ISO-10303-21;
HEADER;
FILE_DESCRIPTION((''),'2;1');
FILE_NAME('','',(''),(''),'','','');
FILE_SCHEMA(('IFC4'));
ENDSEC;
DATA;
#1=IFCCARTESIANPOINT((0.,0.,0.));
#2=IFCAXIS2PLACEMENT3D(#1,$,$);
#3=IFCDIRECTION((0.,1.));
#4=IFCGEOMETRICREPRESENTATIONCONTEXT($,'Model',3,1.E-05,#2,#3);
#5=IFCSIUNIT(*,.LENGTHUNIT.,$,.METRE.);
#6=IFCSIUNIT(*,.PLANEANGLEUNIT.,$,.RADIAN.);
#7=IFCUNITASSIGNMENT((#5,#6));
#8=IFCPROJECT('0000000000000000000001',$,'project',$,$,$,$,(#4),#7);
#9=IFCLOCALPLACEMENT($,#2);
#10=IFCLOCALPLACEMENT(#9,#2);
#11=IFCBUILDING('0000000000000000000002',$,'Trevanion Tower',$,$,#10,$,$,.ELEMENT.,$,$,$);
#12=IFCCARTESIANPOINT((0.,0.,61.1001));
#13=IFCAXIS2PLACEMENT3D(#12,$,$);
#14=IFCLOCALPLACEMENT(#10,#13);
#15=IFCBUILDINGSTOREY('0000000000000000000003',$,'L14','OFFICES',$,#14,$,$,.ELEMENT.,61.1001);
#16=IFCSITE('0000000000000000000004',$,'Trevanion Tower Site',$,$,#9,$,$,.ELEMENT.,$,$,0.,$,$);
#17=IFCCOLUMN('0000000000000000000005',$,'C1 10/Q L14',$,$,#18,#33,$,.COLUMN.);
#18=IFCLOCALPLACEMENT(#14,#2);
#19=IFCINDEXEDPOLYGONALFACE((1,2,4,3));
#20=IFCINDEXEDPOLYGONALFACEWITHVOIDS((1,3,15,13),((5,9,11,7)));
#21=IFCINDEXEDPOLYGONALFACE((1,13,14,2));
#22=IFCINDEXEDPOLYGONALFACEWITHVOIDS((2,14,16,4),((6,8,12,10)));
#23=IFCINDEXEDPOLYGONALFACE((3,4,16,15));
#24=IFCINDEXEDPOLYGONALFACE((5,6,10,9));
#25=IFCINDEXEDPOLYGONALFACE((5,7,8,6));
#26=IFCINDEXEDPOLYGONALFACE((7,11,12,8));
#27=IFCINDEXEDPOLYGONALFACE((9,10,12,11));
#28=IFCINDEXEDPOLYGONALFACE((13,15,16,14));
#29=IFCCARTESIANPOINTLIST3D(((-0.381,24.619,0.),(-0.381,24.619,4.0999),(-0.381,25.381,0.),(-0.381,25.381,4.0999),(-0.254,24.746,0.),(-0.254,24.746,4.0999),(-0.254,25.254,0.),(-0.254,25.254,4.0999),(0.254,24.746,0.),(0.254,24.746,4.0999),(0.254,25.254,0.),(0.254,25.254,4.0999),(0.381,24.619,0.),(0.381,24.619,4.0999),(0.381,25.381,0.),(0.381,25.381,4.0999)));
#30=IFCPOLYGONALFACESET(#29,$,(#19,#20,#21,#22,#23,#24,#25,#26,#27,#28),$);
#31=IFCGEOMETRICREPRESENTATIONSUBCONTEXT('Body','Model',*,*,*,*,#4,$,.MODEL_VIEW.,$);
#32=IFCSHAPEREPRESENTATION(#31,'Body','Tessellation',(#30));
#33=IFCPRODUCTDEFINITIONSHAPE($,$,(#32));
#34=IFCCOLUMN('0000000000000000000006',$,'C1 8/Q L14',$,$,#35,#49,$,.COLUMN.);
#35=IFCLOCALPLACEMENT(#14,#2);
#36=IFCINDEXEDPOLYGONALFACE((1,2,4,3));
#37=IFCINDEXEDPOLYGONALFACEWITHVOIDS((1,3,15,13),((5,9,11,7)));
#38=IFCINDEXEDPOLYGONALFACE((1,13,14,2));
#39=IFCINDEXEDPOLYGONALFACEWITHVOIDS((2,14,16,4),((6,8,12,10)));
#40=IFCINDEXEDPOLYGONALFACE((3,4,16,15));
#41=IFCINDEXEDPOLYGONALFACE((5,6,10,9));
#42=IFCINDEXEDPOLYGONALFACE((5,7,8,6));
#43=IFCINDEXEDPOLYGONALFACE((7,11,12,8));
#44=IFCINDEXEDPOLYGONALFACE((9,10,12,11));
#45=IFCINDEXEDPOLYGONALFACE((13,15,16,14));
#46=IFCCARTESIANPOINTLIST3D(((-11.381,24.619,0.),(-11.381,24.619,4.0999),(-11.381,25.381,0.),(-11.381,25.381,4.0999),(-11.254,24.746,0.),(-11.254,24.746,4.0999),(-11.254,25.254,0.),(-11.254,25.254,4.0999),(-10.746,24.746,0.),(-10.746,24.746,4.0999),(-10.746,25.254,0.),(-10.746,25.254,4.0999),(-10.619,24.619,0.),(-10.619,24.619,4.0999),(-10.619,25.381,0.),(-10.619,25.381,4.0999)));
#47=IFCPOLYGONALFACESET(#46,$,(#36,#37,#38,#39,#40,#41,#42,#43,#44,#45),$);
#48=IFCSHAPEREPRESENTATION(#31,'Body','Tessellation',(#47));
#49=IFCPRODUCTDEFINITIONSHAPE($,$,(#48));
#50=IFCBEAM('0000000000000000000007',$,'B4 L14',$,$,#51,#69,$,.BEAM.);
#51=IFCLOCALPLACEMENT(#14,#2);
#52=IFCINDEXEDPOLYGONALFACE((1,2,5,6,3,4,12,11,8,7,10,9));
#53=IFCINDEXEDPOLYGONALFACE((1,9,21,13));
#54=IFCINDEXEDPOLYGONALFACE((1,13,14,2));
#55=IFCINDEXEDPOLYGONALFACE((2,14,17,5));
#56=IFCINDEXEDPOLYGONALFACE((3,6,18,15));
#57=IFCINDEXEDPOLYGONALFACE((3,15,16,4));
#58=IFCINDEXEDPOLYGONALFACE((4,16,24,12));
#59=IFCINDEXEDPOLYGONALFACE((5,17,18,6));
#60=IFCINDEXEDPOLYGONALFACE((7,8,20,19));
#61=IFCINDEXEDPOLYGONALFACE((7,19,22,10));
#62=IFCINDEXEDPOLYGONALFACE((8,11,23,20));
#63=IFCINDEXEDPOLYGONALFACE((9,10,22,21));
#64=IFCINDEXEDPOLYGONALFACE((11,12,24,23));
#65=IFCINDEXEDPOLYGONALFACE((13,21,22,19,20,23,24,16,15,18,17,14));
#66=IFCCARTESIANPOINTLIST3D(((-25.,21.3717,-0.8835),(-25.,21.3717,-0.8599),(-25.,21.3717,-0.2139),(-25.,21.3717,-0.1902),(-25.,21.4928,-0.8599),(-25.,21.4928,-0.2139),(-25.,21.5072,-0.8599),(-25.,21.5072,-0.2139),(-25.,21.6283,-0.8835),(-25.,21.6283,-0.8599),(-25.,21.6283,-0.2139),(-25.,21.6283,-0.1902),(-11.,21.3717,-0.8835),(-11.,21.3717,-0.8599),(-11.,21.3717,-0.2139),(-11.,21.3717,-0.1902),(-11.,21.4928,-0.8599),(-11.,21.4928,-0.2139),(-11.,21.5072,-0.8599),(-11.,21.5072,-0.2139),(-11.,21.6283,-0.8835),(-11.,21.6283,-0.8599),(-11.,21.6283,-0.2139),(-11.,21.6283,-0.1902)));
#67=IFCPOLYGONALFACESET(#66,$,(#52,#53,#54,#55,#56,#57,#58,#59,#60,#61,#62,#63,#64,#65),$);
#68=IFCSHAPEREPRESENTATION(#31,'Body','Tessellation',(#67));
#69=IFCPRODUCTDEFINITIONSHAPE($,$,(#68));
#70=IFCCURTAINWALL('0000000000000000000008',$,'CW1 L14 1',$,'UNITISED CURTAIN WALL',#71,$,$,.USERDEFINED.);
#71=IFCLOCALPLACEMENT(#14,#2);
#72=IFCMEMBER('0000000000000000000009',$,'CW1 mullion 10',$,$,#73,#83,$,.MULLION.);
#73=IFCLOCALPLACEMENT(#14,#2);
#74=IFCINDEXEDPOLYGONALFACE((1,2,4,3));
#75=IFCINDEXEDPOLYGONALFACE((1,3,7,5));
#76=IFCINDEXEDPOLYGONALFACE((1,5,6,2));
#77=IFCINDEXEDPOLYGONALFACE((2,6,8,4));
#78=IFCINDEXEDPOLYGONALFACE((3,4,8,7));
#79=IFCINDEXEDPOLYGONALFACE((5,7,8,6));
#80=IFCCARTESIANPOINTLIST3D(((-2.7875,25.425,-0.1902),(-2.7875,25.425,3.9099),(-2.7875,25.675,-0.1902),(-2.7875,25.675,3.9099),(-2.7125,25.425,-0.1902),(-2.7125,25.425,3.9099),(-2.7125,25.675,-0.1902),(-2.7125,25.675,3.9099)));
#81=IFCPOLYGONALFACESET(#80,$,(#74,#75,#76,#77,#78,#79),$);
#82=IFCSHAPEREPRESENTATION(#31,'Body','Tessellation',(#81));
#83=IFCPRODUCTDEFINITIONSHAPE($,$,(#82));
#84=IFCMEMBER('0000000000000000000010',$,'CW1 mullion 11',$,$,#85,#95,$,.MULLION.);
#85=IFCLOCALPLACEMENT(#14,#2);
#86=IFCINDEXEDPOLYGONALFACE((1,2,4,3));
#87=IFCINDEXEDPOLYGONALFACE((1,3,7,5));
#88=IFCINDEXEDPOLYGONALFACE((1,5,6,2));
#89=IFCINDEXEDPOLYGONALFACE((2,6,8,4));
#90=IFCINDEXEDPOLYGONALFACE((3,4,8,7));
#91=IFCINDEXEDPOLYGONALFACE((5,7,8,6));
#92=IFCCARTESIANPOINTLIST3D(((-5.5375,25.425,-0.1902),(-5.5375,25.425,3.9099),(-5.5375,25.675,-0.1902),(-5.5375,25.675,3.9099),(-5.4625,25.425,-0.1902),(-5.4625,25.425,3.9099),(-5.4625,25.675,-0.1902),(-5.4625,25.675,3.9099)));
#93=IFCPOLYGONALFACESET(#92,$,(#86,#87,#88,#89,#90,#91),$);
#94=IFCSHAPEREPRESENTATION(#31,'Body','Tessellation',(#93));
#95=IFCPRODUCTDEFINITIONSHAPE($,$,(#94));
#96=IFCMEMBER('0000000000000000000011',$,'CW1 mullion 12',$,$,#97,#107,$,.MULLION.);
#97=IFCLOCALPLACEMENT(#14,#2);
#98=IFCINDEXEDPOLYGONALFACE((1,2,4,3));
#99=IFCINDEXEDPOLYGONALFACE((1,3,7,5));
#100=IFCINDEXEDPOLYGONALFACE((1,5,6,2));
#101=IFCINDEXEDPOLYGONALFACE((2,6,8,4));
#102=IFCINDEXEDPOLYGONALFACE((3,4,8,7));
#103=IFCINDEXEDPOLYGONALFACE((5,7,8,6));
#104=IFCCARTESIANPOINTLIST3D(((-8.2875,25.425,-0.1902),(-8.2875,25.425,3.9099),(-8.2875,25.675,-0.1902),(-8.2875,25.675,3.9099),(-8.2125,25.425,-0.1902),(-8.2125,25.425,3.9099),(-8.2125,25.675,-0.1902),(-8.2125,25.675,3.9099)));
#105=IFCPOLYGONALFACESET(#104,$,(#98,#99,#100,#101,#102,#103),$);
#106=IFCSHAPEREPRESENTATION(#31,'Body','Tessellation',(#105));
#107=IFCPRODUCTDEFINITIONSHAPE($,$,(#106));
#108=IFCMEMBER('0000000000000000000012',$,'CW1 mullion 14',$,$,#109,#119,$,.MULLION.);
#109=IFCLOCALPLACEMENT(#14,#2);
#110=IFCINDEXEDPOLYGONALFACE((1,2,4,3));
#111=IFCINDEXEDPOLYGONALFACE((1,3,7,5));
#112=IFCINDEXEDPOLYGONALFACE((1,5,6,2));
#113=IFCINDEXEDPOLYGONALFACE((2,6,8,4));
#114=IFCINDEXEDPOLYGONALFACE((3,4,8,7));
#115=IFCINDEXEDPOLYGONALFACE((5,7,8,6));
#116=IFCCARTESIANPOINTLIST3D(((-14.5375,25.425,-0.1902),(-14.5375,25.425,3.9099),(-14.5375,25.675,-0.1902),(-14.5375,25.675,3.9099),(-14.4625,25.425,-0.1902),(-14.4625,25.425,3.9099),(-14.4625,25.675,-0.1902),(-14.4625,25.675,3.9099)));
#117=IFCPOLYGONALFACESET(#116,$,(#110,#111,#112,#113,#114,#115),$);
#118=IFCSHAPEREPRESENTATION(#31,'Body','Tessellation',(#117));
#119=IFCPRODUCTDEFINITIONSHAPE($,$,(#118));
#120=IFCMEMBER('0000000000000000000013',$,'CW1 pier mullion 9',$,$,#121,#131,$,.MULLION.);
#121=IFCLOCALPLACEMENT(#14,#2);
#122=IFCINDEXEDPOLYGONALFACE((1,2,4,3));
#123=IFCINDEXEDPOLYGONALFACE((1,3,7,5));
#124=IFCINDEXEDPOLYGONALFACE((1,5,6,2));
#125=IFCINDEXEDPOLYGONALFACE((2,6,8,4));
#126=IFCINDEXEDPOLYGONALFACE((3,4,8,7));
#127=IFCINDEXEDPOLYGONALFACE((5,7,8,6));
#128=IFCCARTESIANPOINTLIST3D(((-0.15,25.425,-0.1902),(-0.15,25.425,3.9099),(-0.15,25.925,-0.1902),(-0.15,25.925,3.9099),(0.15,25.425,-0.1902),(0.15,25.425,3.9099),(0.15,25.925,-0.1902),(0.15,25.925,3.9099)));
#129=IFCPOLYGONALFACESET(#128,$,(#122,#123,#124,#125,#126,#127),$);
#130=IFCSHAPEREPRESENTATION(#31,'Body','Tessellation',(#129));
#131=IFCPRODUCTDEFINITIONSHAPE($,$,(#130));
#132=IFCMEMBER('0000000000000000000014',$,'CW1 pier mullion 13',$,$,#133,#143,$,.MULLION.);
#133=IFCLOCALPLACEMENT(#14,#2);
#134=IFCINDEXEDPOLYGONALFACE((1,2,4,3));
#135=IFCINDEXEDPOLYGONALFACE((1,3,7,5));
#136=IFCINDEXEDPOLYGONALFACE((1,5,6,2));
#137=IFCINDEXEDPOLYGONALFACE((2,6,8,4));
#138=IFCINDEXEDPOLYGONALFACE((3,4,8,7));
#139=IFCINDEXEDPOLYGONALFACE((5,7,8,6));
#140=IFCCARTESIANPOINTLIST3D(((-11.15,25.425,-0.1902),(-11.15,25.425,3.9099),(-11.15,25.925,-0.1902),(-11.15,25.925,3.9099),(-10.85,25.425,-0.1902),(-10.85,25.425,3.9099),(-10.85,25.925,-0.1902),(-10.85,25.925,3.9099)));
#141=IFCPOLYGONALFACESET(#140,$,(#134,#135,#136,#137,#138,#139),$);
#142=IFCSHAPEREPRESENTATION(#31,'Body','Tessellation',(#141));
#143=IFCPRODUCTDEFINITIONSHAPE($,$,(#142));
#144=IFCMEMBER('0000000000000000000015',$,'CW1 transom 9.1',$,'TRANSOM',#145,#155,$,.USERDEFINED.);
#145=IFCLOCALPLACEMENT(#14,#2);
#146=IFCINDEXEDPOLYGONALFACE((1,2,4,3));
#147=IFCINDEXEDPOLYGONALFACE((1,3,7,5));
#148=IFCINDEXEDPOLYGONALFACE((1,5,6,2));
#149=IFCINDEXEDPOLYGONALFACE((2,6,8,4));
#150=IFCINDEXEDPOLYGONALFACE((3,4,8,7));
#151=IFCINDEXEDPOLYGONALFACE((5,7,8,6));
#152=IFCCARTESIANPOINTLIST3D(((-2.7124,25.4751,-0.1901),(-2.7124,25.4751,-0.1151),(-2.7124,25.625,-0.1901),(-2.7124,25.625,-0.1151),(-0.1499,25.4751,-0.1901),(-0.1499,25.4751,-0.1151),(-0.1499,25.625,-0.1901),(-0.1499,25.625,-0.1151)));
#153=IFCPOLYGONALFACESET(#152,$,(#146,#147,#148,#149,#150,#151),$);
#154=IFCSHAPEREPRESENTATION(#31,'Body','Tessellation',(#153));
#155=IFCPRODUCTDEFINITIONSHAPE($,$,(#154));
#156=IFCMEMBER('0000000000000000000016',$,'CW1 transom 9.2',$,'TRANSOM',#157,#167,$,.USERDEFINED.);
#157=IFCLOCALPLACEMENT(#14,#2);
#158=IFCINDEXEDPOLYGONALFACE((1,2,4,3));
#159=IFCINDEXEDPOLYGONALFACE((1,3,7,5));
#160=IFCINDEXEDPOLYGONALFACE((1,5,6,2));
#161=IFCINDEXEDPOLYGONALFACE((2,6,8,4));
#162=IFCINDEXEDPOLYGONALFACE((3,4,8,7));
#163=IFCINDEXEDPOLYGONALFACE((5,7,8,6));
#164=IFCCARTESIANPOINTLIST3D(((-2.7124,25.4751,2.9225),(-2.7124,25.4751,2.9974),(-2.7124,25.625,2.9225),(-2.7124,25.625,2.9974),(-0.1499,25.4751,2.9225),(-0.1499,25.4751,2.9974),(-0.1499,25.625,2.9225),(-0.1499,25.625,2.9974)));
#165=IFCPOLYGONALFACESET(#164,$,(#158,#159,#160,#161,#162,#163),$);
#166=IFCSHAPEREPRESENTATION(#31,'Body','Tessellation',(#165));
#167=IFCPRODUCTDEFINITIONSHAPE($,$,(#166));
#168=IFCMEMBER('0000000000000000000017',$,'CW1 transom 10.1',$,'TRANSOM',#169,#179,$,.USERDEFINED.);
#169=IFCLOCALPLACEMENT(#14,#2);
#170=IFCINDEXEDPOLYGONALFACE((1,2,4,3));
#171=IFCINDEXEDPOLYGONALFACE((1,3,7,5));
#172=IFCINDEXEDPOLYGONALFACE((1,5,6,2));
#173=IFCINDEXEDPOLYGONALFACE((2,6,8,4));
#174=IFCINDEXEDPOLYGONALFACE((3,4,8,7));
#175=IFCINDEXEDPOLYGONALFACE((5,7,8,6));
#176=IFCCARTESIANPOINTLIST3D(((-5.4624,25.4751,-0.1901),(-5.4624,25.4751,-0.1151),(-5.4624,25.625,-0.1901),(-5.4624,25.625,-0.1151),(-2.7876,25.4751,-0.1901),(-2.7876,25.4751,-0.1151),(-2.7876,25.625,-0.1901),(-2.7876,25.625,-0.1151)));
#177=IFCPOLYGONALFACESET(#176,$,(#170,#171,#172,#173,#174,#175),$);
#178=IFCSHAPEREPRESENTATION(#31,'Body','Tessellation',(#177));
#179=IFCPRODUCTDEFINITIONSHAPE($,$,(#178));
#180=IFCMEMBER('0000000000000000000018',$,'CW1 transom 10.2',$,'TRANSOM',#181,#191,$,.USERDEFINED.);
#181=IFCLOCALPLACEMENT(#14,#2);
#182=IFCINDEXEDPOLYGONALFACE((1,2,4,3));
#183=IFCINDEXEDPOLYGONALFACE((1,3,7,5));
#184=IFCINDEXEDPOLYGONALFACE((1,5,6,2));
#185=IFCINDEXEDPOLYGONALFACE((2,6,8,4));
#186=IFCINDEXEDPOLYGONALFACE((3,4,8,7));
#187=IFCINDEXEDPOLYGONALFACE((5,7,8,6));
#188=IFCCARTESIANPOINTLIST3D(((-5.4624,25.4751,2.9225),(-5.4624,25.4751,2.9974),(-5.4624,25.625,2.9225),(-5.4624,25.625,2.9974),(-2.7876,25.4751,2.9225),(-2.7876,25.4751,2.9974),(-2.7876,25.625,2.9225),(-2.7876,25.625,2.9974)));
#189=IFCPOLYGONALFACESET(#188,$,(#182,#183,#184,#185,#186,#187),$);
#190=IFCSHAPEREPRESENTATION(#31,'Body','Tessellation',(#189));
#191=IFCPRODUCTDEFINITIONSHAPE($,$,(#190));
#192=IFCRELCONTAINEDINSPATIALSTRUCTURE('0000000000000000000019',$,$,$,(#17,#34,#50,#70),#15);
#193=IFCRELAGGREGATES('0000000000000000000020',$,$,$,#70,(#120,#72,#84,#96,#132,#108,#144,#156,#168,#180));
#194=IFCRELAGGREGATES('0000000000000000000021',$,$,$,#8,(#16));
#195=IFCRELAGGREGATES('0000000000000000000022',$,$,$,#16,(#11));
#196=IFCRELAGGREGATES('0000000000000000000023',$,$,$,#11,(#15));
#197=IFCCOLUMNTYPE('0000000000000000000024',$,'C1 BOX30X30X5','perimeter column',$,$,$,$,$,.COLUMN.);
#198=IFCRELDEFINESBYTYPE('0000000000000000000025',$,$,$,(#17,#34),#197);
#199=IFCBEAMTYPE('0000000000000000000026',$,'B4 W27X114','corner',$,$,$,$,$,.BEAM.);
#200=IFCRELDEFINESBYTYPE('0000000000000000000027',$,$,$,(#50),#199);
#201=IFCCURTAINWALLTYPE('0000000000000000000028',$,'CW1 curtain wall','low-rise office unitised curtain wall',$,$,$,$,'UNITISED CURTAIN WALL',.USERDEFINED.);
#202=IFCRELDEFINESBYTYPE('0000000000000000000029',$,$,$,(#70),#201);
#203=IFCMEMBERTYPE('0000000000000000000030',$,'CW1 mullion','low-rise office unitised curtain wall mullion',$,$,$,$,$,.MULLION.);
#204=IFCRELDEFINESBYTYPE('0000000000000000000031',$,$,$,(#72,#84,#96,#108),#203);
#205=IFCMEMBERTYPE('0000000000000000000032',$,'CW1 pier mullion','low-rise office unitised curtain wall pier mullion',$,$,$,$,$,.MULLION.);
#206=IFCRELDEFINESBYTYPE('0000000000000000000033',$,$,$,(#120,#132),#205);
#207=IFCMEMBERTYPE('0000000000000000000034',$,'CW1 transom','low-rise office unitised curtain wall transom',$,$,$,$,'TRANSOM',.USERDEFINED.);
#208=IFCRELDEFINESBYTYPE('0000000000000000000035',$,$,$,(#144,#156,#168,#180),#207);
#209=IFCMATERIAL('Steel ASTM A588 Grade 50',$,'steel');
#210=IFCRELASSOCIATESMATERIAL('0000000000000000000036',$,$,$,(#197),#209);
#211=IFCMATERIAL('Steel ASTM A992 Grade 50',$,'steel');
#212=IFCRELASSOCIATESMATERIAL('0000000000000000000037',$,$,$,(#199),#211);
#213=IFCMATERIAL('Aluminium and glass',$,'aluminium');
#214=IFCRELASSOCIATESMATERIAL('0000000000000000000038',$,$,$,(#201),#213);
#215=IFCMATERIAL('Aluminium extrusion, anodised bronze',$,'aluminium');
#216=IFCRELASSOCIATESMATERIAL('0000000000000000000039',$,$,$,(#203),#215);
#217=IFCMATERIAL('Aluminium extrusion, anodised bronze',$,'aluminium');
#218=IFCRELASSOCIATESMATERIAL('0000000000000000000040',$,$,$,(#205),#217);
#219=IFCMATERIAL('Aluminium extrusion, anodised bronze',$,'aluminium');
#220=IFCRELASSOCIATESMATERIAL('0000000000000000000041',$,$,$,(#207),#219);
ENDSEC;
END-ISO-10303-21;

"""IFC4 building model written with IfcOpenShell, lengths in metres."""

from ifc_helpers import new_model, si_unit, direction, frame, origin, origin_2d, place, context, subcontext, project, spatial, rectangle, hollow_rectangle, i_section, extrude, material, material_profile, profile_set, type_object, element, aggregate, save


model = new_model("IFC4")

# Units and contexts
model_context = context("Model", 3, precision=1e-05, world=origin(), true_north=direction((0.0, 1.0)))
body_context = subcontext(model_context, "Body", "Model", "MODEL_VIEW")
ifc_project = project(units=[si_unit("LENGTHUNIT", "METRE"), si_unit("PLANEANGLEUNIT", "RADIAN")], contexts=[model_context])

# Site, building, storey
site_placement = place(None, origin())
site = spatial("IfcSite", under=ifc_project, at=site_placement, Name="Trevanion Tower Site", CompositionType="ELEMENT", RefElevation=0.0)
building_placement = place(site_placement, origin())
building = spatial("IfcBuilding", under=site, at=building_placement, Name="Trevanion Tower", CompositionType="ELEMENT")
storey_placement = place(building_placement, frame((0.0, 0.0, 61.1001)))
storey = spatial("IfcBuildingStorey", under=building, at=storey_placement, Name="L14", Description="OFFICES", CompositionType="ELEMENT", Elevation=61.1001)

# Columns
ifc_material_1 = material(Name="Steel ASTM A588 Grade 50", Category="steel")
ifc_material_profile_1 = material_profile(ifc_material_1, hollow_rectangle(XDim=0.762, YDim=0.762, WallThickness=0.127, at=origin_2d()), Name="BOX30X30X5")
ifc_profile_set_1 = profile_set([ifc_material_profile_1], Name="Steel ASTM A588 Grade 50")
column_type = type_object("IfcColumnType", Name="C1 BOX30X30X5", Description="perimeter column", PredefinedType="COLUMN", material=ifc_profile_set_1)
for number, where, z_axis, x_axis, name in (
    (1, (0.0, 25.0, 0.0), (0.0, 0.0, 1.0), (1.0, 0.0, 0.0), "C1 10/Q L14"),
    (2, (-11.0, 25.0, 0.0), (0.0, 0.0, 1.0), (1.0, 0.0, 0.0), "C1 8/Q L14"),
):
    element("IfcColumn", number, at=place(storey_placement, frame(where, z_axis=z_axis, x_axis=x_axis)), inside=storey, type_object=column_type, Name=name, PredefinedType="COLUMN", context=body_context, shape_type="SweptSolid", body=[
        extrude(hollow_rectangle(XDim=0.762, YDim=0.762, WallThickness=0.127, at=origin_2d()), origin(), (0.0, 0.0, 1.0), 4.0999),
    ])

# Beam
ifc_material_2 = material(Name="Steel ASTM A992 Grade 50", Category="steel")
ifc_material_profile_2 = material_profile(ifc_material_2, i_section(OverallWidth=0.2566, OverallDepth=0.6934, WebThickness=0.0144, FlangeThickness=0.0237, at=origin_2d()), Name="W27X114")
ifc_profile_set_2 = profile_set([ifc_material_profile_2], Name="Steel ASTM A992 Grade 50")
beam_type_1 = type_object("IfcBeamType", Name="B4 W27X114", Description="corner", PredefinedType="BEAM", material=ifc_profile_set_2)
beam_1_placement = place(storey_placement, frame((-11.0, 21.5, -0.5369), z_axis=(-1.0, 0.0, 0.0), x_axis=(0.0, -1.0, 0.0)))
element("IfcBeam", 3, at=beam_1_placement, inside=storey, type_object=beam_type_1, Name="B4 L14", PredefinedType="BEAM", context=body_context, shape_type="SweptSolid", body=[
    extrude(i_section(OverallWidth=0.2566, OverallDepth=0.6934, WebThickness=0.0144, FlangeThickness=0.0237, at=origin_2d()), origin(), (0.0, 0.0, 1.0), 14.0),
])

# Curtain wall, members
ifc_material_3 = material(Name="Aluminium and glass", Category="aluminium")
curtain_wall_type = type_object("IfcCurtainWallType", Name="CW1 curtain wall", Description="low-rise office unitised curtain wall", ElementType="UNITISED CURTAIN WALL", PredefinedType="USERDEFINED", material=ifc_material_3)
curtain_wall_placement = place(storey_placement, origin())
curtain_wall = element("IfcCurtainWall", 4, at=curtain_wall_placement, inside=storey, type_object=curtain_wall_type, Name="CW1 L14 1", ObjectType="UNITISED CURTAIN WALL", PredefinedType="USERDEFINED")
ifc_material_4 = material(Name="Aluminium extrusion, anodised bronze", Category="aluminium")
ifc_material_profile_3 = material_profile(ifc_material_4, rectangle(XDim=0.075, YDim=0.25, at=origin_2d()), Name="CW1 mullion")
ifc_profile_set_3 = profile_set([ifc_material_profile_3], Name="Aluminium extrusion, anodised bronze")
member_type_1 = type_object("IfcMemberType", Name="CW1 mullion", Description="low-rise office unitised curtain wall mullion", PredefinedType="MULLION", material=ifc_profile_set_3)
member_1_placement = place(storey_placement, frame((-2.75, 25.55, -0.1902), z_axis=(0.0, 0.0, 1.0), x_axis=(-1.0, 0.0, 0.0)))
member_1 = element("IfcMember", 5, at=member_1_placement, type_object=member_type_1, Name="CW1 mullion 10", PredefinedType="MULLION", context=body_context, shape_type="SweptSolid", body=[
    extrude(rectangle(XDim=0.075, YDim=0.25, at=origin_2d()), origin(), (0.0, 0.0, 1.0), 4.1001),
])
member_2_placement = place(storey_placement, frame((-5.5, 25.55, -0.1902), z_axis=(0.0, 0.0, 1.0), x_axis=(-1.0, 0.0, 0.0)))
member_2 = element("IfcMember", 6, at=member_2_placement, type_object=member_type_1, Name="CW1 mullion 11", PredefinedType="MULLION", context=body_context, shape_type="SweptSolid", body=[
    extrude(rectangle(XDim=0.075, YDim=0.25, at=origin_2d()), origin(), (0.0, 0.0, 1.0), 4.1001),
])
member_3_placement = place(storey_placement, frame((-8.25, 25.55, -0.1902), z_axis=(0.0, 0.0, 1.0), x_axis=(-1.0, 0.0, 0.0)))
member_3 = element("IfcMember", 7, at=member_3_placement, type_object=member_type_1, Name="CW1 mullion 12", PredefinedType="MULLION", context=body_context, shape_type="SweptSolid", body=[
    extrude(rectangle(XDim=0.075, YDim=0.25, at=origin_2d()), origin(), (0.0, 0.0, 1.0), 4.1001),
])
member_4_placement = place(storey_placement, frame((-14.5, 25.55, -0.1902), z_axis=(0.0, 0.0, 1.0), x_axis=(-1.0, 0.0, 0.0)))
member_4 = element("IfcMember", 8, at=member_4_placement, type_object=member_type_1, Name="CW1 mullion 14", PredefinedType="MULLION", context=body_context, shape_type="SweptSolid", body=[
    extrude(rectangle(XDim=0.075, YDim=0.25, at=origin_2d()), origin(), (0.0, 0.0, 1.0), 4.1001),
])
ifc_material_5 = material(Name="Aluminium extrusion, anodised bronze", Category="aluminium")
ifc_material_profile_4 = material_profile(ifc_material_5, rectangle(XDim=0.3, YDim=0.5, at=origin_2d()), Name="CW1 pier mullion")
ifc_profile_set_4 = profile_set([ifc_material_profile_4], Name="Aluminium extrusion, anodised bronze")
member_type_2 = type_object("IfcMemberType", Name="CW1 pier mullion", Description="low-rise office unitised curtain wall pier mullion", PredefinedType="MULLION", material=ifc_profile_set_4)
member_5_placement = place(storey_placement, frame((0.0, 25.675, -0.1902), z_axis=(0.0, 0.0, 1.0), x_axis=(-1.0, 0.0, 0.0)))
member_5 = element("IfcMember", 9, at=member_5_placement, type_object=member_type_2, Name="CW1 pier mullion 9", PredefinedType="MULLION", context=body_context, shape_type="SweptSolid", body=[
    extrude(rectangle(XDim=0.3, YDim=0.5, at=origin_2d()), origin(), (0.0, 0.0, 1.0), 4.1001),
])
member_6_placement = place(storey_placement, frame((-11.0, 25.675, -0.1902), z_axis=(0.0, 0.0, 1.0), x_axis=(-1.0, 0.0, 0.0)))
member_6 = element("IfcMember", 10, at=member_6_placement, type_object=member_type_2, Name="CW1 pier mullion 13", PredefinedType="MULLION", context=body_context, shape_type="SweptSolid", body=[
    extrude(rectangle(XDim=0.3, YDim=0.5, at=origin_2d()), origin(), (0.0, 0.0, 1.0), 4.1001),
])
ifc_material_6 = material(Name="Aluminium extrusion, anodised bronze", Category="aluminium")
ifc_material_profile_5 = material_profile(ifc_material_6, rectangle(XDim=0.1499, YDim=0.075, at=origin_2d()), Name="CW1 transom")
ifc_profile_set_5 = profile_set([ifc_material_profile_5], Name="Aluminium extrusion, anodised bronze")
member_type_3 = type_object("IfcMemberType", Name="CW1 transom", Description="low-rise office unitised curtain wall transom", ElementType="TRANSOM", PredefinedType="USERDEFINED", material=ifc_profile_set_5)
member_7_placement = place(storey_placement, frame((-0.1499, 25.55, -0.1526), z_axis=(-1.0, 0.0, 0.0), x_axis=(0.0, -1.0, 0.0)))
member_7 = element("IfcMember", 11, at=member_7_placement, type_object=member_type_3, Name="CW1 transom 9.1", ObjectType="TRANSOM", PredefinedType="USERDEFINED", context=body_context, shape_type="SweptSolid", body=[
    extrude(rectangle(XDim=0.1499, YDim=0.075, at=origin_2d()), origin(), (0.0, 0.0, 1.0), 2.5625),
])
member_8_placement = place(storey_placement, frame((-0.1499, 25.55, 2.96), z_axis=(-1.0, 0.0, 0.0), x_axis=(0.0, -1.0, 0.0)))
member_8 = element("IfcMember", 12, at=member_8_placement, type_object=member_type_3, Name="CW1 transom 9.2", ObjectType="TRANSOM", PredefinedType="USERDEFINED", context=body_context, shape_type="SweptSolid", body=[
    extrude(rectangle(XDim=0.1499, YDim=0.075, at=origin_2d()), origin(), (0.0, 0.0, 1.0), 2.5625),
])
member_9_placement = place(storey_placement, frame((-2.7876, 25.55, -0.1526), z_axis=(-1.0, 0.0, 0.0), x_axis=(0.0, -1.0, 0.0)))
member_9 = element("IfcMember", 13, at=member_9_placement, type_object=member_type_3, Name="CW1 transom 10.1", ObjectType="TRANSOM", PredefinedType="USERDEFINED", context=body_context, shape_type="SweptSolid", body=[
    extrude(rectangle(XDim=0.1499, YDim=0.075, at=origin_2d()), origin(), (0.0, 0.0, 1.0), 2.6748),
])
member_10_placement = place(storey_placement, frame((-2.7876, 25.55, 2.96), z_axis=(-1.0, 0.0, 0.0), x_axis=(0.0, -1.0, 0.0)))
member_10 = element("IfcMember", 14, at=member_10_placement, type_object=member_type_3, Name="CW1 transom 10.2", ObjectType="TRANSOM", PredefinedType="USERDEFINED", context=body_context, shape_type="SweptSolid", body=[
    extrude(rectangle(XDim=0.1499, YDim=0.075, at=origin_2d()), origin(), (0.0, 0.0, 1.0), 2.6748),
])

aggregate(curtain_wall, [member_5, member_1, member_2, member_3, member_6, member_4, member_7, member_8, member_9, member_10])

save(model, "model.ifc")
